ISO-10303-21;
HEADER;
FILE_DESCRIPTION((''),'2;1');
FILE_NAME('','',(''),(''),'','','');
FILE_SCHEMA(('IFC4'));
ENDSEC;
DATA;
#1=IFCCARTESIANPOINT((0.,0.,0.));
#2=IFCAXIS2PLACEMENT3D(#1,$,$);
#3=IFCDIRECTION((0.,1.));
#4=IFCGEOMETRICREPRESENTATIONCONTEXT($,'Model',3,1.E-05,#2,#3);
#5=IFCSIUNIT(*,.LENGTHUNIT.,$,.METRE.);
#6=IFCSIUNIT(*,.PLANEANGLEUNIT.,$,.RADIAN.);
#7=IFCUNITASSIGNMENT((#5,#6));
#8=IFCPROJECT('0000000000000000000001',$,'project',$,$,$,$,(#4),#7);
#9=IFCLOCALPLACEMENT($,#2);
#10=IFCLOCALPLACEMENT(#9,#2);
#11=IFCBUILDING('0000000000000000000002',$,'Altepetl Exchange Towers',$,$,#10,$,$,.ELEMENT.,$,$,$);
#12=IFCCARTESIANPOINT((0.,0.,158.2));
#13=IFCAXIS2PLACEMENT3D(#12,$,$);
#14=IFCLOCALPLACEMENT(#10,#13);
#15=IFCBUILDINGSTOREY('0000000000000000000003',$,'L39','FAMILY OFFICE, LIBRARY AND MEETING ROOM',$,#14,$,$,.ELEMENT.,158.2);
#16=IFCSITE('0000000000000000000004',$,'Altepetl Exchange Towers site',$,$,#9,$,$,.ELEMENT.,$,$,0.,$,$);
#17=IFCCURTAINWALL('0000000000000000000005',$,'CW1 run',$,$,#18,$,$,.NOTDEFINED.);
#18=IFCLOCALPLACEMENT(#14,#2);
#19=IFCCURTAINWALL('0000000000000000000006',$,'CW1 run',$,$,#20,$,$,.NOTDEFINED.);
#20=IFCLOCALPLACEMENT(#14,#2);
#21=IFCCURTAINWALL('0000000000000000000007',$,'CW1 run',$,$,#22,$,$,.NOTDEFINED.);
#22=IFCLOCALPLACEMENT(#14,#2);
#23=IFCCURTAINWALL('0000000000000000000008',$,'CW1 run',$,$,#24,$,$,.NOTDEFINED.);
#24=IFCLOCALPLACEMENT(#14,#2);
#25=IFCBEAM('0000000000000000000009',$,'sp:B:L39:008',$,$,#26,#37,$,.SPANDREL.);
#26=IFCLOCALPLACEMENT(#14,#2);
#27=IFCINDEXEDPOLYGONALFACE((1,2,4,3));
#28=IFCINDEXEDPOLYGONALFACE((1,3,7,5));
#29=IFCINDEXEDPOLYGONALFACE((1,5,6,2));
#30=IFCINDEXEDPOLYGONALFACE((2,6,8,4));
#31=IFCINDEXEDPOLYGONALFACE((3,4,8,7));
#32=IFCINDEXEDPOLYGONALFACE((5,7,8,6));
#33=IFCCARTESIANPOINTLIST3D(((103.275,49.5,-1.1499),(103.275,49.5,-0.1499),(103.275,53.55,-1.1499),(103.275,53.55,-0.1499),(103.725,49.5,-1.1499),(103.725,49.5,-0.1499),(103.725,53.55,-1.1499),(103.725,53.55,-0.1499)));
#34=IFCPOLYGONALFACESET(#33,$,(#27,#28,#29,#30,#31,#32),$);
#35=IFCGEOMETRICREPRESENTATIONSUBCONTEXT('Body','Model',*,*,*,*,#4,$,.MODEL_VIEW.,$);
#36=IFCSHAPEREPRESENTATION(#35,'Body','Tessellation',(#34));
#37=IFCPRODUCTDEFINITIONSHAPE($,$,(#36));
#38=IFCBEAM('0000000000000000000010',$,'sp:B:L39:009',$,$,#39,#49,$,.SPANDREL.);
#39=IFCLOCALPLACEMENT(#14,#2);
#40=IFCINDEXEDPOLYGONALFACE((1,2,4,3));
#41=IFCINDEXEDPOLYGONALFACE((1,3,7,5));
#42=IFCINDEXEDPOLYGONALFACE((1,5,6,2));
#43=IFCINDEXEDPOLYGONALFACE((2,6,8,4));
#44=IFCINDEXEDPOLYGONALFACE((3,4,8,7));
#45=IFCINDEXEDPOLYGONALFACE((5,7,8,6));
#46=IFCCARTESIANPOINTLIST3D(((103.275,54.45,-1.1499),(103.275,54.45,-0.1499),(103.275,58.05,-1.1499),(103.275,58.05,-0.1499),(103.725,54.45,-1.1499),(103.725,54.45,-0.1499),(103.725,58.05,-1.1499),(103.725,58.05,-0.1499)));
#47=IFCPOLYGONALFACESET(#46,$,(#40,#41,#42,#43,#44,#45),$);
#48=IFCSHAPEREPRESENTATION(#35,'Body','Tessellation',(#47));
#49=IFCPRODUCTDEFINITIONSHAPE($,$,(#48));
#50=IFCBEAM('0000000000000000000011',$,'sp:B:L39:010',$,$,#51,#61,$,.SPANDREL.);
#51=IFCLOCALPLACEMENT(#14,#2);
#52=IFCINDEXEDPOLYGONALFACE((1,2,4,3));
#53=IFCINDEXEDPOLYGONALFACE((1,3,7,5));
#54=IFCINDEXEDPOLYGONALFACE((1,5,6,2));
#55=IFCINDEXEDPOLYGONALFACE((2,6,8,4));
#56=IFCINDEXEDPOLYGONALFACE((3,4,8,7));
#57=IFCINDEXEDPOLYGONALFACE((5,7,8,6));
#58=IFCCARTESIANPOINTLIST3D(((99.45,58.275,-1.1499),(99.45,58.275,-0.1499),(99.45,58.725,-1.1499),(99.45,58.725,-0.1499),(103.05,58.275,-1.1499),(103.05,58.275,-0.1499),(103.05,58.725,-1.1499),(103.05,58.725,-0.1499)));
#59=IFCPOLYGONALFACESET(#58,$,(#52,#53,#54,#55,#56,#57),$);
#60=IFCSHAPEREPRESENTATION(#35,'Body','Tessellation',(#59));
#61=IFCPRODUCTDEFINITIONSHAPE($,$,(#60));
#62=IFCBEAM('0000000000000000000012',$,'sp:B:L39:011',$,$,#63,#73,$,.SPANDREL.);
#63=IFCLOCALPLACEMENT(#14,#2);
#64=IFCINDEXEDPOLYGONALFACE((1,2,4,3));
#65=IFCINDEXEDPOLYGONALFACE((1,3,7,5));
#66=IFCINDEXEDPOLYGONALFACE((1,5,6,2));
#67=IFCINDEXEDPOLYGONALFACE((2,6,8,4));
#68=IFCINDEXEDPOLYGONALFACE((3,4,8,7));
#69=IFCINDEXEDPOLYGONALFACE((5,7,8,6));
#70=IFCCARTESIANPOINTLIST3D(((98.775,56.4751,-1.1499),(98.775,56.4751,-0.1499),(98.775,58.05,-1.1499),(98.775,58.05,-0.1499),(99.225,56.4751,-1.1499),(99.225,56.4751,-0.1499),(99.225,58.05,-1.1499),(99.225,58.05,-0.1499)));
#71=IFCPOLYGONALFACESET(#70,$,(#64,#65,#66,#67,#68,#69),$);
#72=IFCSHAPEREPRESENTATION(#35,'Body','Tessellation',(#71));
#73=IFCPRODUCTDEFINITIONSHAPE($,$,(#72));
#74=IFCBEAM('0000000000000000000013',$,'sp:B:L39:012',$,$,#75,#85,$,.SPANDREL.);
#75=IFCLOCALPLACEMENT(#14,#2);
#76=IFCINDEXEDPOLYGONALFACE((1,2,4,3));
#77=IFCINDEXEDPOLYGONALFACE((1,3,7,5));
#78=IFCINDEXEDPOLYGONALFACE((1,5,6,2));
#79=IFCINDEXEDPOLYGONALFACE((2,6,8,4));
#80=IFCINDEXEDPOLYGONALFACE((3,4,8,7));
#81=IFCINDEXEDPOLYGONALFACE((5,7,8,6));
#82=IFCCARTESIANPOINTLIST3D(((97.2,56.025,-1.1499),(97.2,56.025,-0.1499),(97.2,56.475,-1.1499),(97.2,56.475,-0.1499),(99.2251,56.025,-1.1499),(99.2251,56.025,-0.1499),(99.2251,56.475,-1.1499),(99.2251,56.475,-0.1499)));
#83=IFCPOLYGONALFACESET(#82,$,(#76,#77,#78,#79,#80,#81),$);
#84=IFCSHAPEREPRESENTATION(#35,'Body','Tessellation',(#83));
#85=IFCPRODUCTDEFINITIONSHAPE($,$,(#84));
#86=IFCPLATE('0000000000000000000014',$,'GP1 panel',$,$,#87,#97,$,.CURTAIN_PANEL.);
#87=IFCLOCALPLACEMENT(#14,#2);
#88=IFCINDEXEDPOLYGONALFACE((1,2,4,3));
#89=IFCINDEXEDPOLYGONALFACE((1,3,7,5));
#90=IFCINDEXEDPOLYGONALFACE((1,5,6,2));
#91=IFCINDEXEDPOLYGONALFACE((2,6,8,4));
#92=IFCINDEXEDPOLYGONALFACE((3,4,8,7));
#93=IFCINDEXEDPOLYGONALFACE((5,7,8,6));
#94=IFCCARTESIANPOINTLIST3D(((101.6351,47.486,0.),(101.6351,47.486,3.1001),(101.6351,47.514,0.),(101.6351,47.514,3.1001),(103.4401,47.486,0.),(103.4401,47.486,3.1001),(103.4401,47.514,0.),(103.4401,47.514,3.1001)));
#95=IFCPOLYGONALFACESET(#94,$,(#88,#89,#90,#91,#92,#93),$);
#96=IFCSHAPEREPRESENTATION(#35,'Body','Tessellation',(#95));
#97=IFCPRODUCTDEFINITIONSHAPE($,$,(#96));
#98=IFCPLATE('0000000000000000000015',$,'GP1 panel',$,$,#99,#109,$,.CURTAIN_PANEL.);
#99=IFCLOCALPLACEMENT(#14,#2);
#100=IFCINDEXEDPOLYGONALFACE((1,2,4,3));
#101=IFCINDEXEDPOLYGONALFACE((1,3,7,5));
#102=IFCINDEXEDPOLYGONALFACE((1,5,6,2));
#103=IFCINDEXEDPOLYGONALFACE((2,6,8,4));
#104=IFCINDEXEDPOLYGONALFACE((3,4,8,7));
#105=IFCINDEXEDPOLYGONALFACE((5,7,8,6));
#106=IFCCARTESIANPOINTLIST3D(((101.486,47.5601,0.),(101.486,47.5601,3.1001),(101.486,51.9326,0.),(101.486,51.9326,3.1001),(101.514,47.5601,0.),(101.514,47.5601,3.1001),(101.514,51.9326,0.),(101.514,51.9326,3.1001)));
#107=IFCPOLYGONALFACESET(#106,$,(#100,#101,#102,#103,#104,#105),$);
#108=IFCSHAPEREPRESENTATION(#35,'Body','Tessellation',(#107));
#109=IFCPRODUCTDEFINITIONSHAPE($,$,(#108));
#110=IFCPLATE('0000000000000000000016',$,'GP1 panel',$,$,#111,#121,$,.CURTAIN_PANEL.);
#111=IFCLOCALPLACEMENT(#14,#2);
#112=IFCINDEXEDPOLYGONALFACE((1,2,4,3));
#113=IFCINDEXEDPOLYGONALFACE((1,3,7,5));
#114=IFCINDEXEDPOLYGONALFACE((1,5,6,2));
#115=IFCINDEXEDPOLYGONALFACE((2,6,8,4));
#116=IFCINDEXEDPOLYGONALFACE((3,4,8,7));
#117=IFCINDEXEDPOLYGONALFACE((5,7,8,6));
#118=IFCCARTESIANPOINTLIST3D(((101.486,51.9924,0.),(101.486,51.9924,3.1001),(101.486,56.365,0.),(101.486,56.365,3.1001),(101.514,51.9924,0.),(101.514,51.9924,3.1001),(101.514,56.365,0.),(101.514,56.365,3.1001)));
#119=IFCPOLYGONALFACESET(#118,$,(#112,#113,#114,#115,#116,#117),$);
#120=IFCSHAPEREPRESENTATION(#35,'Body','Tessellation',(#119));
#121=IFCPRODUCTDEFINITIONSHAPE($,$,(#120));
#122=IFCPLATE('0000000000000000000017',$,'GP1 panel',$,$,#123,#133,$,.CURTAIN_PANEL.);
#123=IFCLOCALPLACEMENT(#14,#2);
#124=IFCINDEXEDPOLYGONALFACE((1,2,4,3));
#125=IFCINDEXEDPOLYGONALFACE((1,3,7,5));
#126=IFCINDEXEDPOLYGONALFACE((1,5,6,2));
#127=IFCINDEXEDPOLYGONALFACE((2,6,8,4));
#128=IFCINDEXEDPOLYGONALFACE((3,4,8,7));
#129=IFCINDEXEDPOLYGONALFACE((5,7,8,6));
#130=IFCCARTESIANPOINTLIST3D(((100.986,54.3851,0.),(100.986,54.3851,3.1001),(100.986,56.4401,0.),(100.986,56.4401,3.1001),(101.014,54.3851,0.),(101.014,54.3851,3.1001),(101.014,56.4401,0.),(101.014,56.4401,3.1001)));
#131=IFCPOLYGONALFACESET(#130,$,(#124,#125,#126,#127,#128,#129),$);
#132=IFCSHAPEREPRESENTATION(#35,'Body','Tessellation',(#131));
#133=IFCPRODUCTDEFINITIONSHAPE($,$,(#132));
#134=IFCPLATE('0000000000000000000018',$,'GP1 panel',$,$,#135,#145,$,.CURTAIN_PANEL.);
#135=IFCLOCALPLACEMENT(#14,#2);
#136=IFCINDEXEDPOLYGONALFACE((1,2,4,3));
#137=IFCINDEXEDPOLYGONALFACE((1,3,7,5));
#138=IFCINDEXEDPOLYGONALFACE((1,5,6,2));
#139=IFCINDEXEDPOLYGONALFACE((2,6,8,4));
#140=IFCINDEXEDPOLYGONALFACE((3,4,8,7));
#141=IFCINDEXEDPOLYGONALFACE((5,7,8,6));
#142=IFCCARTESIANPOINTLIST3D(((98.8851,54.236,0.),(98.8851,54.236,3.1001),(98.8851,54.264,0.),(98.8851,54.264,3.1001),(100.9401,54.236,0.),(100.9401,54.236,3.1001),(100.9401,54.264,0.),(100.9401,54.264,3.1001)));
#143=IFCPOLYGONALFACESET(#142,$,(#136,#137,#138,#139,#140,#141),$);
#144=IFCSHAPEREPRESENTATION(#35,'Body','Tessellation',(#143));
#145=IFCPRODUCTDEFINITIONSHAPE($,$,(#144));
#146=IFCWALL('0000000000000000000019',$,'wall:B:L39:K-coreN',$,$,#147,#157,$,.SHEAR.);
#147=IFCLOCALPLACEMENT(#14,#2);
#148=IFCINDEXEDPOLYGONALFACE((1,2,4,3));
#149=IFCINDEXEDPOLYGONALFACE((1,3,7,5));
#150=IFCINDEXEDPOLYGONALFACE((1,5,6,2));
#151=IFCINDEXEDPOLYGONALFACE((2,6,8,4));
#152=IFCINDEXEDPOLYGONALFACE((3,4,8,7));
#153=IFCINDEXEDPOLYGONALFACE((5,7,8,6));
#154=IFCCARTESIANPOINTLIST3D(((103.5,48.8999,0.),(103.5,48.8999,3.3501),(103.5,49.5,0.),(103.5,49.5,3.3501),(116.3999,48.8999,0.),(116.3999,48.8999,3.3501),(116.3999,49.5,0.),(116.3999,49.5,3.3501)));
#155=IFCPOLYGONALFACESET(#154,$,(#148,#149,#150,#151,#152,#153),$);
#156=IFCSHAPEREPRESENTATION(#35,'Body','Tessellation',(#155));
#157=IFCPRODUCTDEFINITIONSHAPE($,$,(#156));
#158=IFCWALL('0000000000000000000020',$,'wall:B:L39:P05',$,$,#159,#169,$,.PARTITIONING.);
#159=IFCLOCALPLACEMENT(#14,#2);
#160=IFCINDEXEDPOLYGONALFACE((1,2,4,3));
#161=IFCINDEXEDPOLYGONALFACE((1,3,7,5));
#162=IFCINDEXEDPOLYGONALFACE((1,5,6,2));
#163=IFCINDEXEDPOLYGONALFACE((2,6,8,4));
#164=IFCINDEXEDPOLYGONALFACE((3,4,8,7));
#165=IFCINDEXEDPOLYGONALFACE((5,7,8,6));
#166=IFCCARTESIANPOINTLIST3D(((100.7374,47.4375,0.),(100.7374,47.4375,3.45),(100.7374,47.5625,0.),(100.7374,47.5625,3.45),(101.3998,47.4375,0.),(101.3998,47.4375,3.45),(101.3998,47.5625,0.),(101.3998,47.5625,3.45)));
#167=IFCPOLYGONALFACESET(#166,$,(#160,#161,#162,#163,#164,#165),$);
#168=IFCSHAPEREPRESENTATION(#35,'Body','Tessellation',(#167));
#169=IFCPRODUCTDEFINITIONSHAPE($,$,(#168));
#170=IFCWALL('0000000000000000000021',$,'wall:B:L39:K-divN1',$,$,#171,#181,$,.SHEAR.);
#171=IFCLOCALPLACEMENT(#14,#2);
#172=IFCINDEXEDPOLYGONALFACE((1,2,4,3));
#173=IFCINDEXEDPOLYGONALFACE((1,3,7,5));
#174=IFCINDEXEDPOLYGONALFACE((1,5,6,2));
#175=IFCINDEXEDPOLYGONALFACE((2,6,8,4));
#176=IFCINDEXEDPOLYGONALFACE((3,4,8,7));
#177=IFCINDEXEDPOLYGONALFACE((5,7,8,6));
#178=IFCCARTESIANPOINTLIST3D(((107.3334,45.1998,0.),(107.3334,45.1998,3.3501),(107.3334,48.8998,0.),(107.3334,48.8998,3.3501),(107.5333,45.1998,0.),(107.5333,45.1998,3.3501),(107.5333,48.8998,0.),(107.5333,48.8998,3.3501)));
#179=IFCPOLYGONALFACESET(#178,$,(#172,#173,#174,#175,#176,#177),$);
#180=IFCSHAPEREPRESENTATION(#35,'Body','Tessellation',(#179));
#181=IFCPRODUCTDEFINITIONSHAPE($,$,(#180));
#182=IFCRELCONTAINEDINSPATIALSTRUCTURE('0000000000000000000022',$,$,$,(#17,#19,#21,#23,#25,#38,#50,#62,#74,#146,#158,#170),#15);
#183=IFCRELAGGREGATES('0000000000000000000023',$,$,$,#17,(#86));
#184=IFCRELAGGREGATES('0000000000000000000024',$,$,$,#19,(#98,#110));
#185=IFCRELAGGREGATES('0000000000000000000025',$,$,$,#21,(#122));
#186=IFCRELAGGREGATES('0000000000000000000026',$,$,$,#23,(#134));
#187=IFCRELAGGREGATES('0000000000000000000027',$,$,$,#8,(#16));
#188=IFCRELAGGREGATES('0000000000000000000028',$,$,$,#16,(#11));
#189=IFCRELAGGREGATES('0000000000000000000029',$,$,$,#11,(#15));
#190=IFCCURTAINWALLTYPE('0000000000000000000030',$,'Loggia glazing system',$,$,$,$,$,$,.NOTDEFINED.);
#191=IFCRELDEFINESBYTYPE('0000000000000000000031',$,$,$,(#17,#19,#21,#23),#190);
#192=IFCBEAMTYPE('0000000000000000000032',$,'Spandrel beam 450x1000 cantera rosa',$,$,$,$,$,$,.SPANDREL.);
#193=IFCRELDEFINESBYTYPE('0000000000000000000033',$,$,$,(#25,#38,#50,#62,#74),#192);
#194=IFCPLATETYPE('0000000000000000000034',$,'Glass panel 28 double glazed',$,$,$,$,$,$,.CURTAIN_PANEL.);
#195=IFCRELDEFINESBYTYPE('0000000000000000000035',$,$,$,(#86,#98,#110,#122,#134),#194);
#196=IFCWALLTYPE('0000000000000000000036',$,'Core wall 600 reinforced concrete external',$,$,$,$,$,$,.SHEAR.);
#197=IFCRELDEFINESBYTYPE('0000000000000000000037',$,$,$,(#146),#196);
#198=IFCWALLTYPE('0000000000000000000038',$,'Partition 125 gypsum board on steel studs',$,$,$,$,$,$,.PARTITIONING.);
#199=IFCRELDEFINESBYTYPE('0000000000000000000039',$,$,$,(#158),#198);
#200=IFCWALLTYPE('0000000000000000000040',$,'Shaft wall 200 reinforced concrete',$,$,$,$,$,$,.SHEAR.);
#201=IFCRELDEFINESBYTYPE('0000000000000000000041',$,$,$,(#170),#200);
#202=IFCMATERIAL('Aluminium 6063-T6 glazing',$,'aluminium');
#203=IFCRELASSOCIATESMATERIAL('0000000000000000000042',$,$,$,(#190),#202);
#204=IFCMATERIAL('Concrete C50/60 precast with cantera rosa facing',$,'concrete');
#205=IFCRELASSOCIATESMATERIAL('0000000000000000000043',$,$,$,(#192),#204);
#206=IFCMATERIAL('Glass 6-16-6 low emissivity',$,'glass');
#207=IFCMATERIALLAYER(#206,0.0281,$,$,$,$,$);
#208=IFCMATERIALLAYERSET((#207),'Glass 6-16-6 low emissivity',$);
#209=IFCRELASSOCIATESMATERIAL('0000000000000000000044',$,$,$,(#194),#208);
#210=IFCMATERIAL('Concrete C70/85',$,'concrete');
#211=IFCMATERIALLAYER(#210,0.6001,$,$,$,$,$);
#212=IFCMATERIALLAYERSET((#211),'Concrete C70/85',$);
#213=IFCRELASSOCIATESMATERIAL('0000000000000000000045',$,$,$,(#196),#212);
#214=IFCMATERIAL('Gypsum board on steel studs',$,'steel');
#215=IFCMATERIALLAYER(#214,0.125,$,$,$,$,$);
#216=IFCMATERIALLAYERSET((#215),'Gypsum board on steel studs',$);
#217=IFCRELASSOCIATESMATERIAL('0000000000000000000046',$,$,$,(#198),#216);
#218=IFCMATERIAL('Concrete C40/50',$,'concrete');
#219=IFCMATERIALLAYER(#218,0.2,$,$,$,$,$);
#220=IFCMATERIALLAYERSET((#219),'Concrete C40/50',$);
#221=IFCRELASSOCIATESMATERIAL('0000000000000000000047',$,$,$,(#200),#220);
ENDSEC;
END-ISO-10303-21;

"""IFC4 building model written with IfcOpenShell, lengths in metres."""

from ifc_helpers import new_model, si_unit, direction, frame, frame_2d, origin, origin_2d, place, context, subcontext, project, spatial, rectangle, extrude, material, layer, layer_set, material_profile, profile_set, type_object, element, aggregate, save


model = new_model("IFC4")

# Units and contexts
model_context = context("Model", 3, precision=1e-05, world=origin(), true_north=direction((0.0, 1.0)))
body_context = subcontext(model_context, "Body", "Model", "MODEL_VIEW")
ifc_project = project(units=[si_unit("LENGTHUNIT", "METRE"), si_unit("PLANEANGLEUNIT", "RADIAN")], contexts=[model_context])

# Site, building, storey
site_placement = place(None, origin())
site = spatial("IfcSite", under=ifc_project, at=site_placement, Name="Altepetl Exchange Towers site", CompositionType="ELEMENT", RefElevation=0.0)
building_placement = place(site_placement, origin())
building = spatial("IfcBuilding", under=site, at=building_placement, Name="Altepetl Exchange Towers", CompositionType="ELEMENT")
storey_placement = place(building_placement, frame((0.0, 0.0, 158.2)))
storey = spatial("IfcBuildingStorey", under=building, at=storey_placement, Name="L39", Description="FAMILY OFFICE, LIBRARY AND MEETING ROOM", CompositionType="ELEMENT", Elevation=158.2)

# Curtain walls
ifc_material_1 = material(Name="Aluminium 6063-T6 glazing", Category="aluminium")
curtain_wall_type = type_object("IfcCurtainWallType", Name="Loggia glazing system", PredefinedType="NOTDEFINED", material=ifc_material_1)
curtain_wall_1_placement = place(storey_placement, origin())
curtain_wall_1 = element("IfcCurtainWall", 1, at=curtain_wall_1_placement, inside=storey, type_object=curtain_wall_type, Name="CW1 run", PredefinedType="NOTDEFINED")
curtain_wall_2_placement = place(storey_placement, origin())
curtain_wall_2 = element("IfcCurtainWall", 2, at=curtain_wall_2_placement, inside=storey, type_object=curtain_wall_type, Name="CW1 run", PredefinedType="NOTDEFINED")
curtain_wall_3_placement = place(storey_placement, origin())
curtain_wall_3 = element("IfcCurtainWall", 3, at=curtain_wall_3_placement, inside=storey, type_object=curtain_wall_type, Name="CW1 run", PredefinedType="NOTDEFINED")
curtain_wall_4_placement = place(storey_placement, origin())
curtain_wall_4 = element("IfcCurtainWall", 4, at=curtain_wall_4_placement, inside=storey, type_object=curtain_wall_type, Name="CW1 run", PredefinedType="NOTDEFINED")

# Beams
ifc_material_2 = material(Name="Concrete C50/60 precast with cantera rosa facing", Category="concrete")
ifc_material_profile_1 = material_profile(ifc_material_2, rectangle(XDim=0.45, YDim=1.0, at=origin_2d()), Name="450 x 1000")
ifc_profile_set_1 = profile_set([ifc_material_profile_1], Name="Concrete C50/60 precast with cantera rosa facing")
beam_type = type_object("IfcBeamType", Name="Spandrel beam 450x1000 cantera rosa", PredefinedType="SPANDREL", material=ifc_profile_set_1)
beam_1_placement = place(storey_placement, frame((103.5, 49.5, -0.6499), z_axis=(0.0, 1.0, 0.0), x_axis=(-1.0, 0.0, 0.0)))
element("IfcBeam", 5, at=beam_1_placement, inside=storey, type_object=beam_type, Name="sp:B:L39:008", PredefinedType="SPANDREL", context=body_context, shape_type="SweptSolid", body=[
    extrude(rectangle(XDim=0.45, YDim=1.0, at=origin_2d()), origin(), (0.0, 0.0, 1.0), 4.05),
])
for number, where, z_axis, x_axis, name in (
    (6, (103.5, 54.45, -0.6499), (0.0, 1.0, 0.0), (-1.0, 0.0, 0.0), "sp:B:L39:009"),
    (7, (103.05, 58.5, -0.6499), (-1.0, 0.0, 0.0), (0.0, -1.0, 0.0), "sp:B:L39:010"),
):
    element("IfcBeam", number, at=place(storey_placement, frame(where, z_axis=z_axis, x_axis=x_axis)), inside=storey, type_object=beam_type, Name=name, PredefinedType="SPANDREL", context=body_context, shape_type="SweptSolid", body=[
        extrude(rectangle(XDim=0.45, YDim=1.0, at=origin_2d()), origin(), (0.0, 0.0, 1.0), 3.6001),
    ])
beam_2_placement = place(storey_placement, frame((99.0, 58.05, -0.6499), z_axis=(0.0, -1.0, 0.0), x_axis=(1.0, 0.0, 0.0)))
element("IfcBeam", 8, at=beam_2_placement, inside=storey, type_object=beam_type, Name="sp:B:L39:011", PredefinedType="SPANDREL", context=body_context, shape_type="SweptSolid", body=[
    extrude(rectangle(XDim=0.45, YDim=1.0, at=origin_2d()), origin(), (0.0, 0.0, 1.0), 1.575),
])
beam_3_placement = place(storey_placement, frame((99.2251, 56.25, -0.6499), z_axis=(-1.0, 0.0, 0.0), x_axis=(0.0, -1.0, 0.0)))
element("IfcBeam", 9, at=beam_3_placement, inside=storey, type_object=beam_type, Name="sp:B:L39:012", PredefinedType="SPANDREL", context=body_context, shape_type="SweptSolid", body=[
    extrude(rectangle(XDim=0.45, YDim=1.0, at=origin_2d()), origin(), (0.0, 0.0, 1.0), 2.0251),
])

# Plates
ifc_material_3 = material(Name="Glass 6-16-6 low emissivity", Category="glass")
ifc_layer_1 = layer(ifc_material_3, 0.0281)
ifc_layer_set_1 = layer_set([ifc_layer_1], Name="Glass 6-16-6 low emissivity")
plate_type = type_object("IfcPlateType", Name="Glass panel 28 double glazed", PredefinedType="CURTAIN_PANEL", material=ifc_layer_set_1)
plate_1_placement = place(storey_placement, frame((102.5376, 47.5, 0.0), z_axis=(0.0, 0.0, 1.0), x_axis=(-1.0, 0.0, 0.0)))
plate_1 = element("IfcPlate", 10, at=plate_1_placement, type_object=plate_type, Name="GP1 panel", PredefinedType="CURTAIN_PANEL", context=body_context, shape_type="SweptSolid", body=[
    extrude(rectangle(XDim=1.8049, YDim=0.0281, at=origin_2d()), origin(), (0.0, 0.0, 1.0), 3.1001),
])
aggregate(curtain_wall_1, [plate_1])
plate_2_placement = place(storey_placement, frame((101.5, 49.7463, 0.0), z_axis=(0.0, 0.0, 1.0), x_axis=(0.0, 1.0, 0.0)))
plate_2 = element("IfcPlate", 11, at=plate_2_placement, type_object=plate_type, Name="GP1 panel", PredefinedType="CURTAIN_PANEL", context=body_context, shape_type="SweptSolid", body=[
    extrude(rectangle(XDim=4.3726, YDim=0.0281, at=origin_2d()), origin(), (0.0, 0.0, 1.0), 3.1001),
])
plate_3_placement = place(storey_placement, frame((101.5, 54.1787, 0.0), z_axis=(0.0, 0.0, 1.0), x_axis=(0.0, 1.0, 0.0)))
plate_3 = element("IfcPlate", 12, at=plate_3_placement, type_object=plate_type, Name="GP1 panel", PredefinedType="CURTAIN_PANEL", context=body_context, shape_type="SweptSolid", body=[
    extrude(rectangle(XDim=4.3726, YDim=0.0281, at=origin_2d()), origin(), (0.0, 0.0, 1.0), 3.1001),
])
aggregate(curtain_wall_2, [plate_2, plate_3])
plate_4_placement = place(storey_placement, frame((101.0, 55.4126, 0.0), z_axis=(0.0, 0.0, 1.0), x_axis=(0.0, -1.0, 0.0)))
plate_4 = element("IfcPlate", 13, at=plate_4_placement, type_object=plate_type, Name="GP1 panel", PredefinedType="CURTAIN_PANEL", context=body_context, shape_type="SweptSolid", body=[
    extrude(rectangle(XDim=2.0549, YDim=0.0281, at=origin_2d()), origin(), (0.0, 0.0, 1.0), 3.1001),
])
aggregate(curtain_wall_3, [plate_4])
plate_5_placement = place(storey_placement, frame((99.9126, 54.25, 0.0), z_axis=(0.0, 0.0, 1.0), x_axis=(-1.0, 0.0, 0.0)))
plate_5 = element("IfcPlate", 14, at=plate_5_placement, type_object=plate_type, Name="GP1 panel", PredefinedType="CURTAIN_PANEL", context=body_context, shape_type="SweptSolid", body=[
    extrude(rectangle(XDim=2.0549, YDim=0.0281, at=origin_2d()), origin(), (0.0, 0.0, 1.0), 3.1001),
])
aggregate(curtain_wall_4, [plate_5])

# Walls
ifc_material_4 = material(Name="Concrete C70/85", Category="concrete")
ifc_layer_2 = layer(ifc_material_4, 0.6001)
ifc_layer_set_2 = layer_set([ifc_layer_2], Name="Concrete C70/85")
wall_type_1 = type_object("IfcWallType", Name="Core wall 600 reinforced concrete external", PredefinedType="SHEAR", material=ifc_layer_set_2)
wall_1_placement = place(storey_placement, frame((103.5, 49.2, 0.0)))
element("IfcWall", 15, at=wall_1_placement, inside=storey, type_object=wall_type_1, Name="wall:B:L39:K-coreN", PredefinedType="SHEAR", context=body_context, shape_type="SweptSolid", body=[
    extrude(rectangle(XDim=12.8999, YDim=0.6001, at=frame_2d((6.45, 0.0))), origin(), (0.0, 0.0, 1.0), 3.3501),
])
ifc_material_5 = material(Name="Gypsum board on steel studs", Category="steel")
ifc_layer_3 = layer(ifc_material_5, 0.125)
ifc_layer_set_3 = layer_set([ifc_layer_3], Name="Gypsum board on steel studs")
wall_type_2 = type_object("IfcWallType", Name="Partition 125 gypsum board on steel studs", PredefinedType="PARTITIONING", material=ifc_layer_set_3)
wall_2_placement = place(storey_placement, frame((100.7375, 47.5, 0.0)))
element("IfcWall", 16, at=wall_2_placement, inside=storey, type_object=wall_type_2, Name="wall:B:L39:P05", PredefinedType="PARTITIONING", context=body_context, shape_type="SweptSolid", body=[
    extrude(rectangle(XDim=0.6624, YDim=0.125, at=frame_2d((0.3311, 0.0))), origin(), (0.0, 0.0, 1.0), 3.45),
])
ifc_material_6 = material(Name="Concrete C40/50", Category="concrete")
ifc_layer_4 = layer(ifc_material_6, 0.2)
ifc_layer_set_4 = layer_set([ifc_layer_4], Name="Concrete C40/50")
wall_type_3 = type_object("IfcWallType", Name="Shaft wall 200 reinforced concrete", PredefinedType="SHEAR", material=ifc_layer_set_4)
wall_3_placement = place(storey_placement, frame((107.4333, 48.8999, 0.0), z_axis=(0.0, 0.0, 1.0), x_axis=(0.0, -1.0, 0.0)))
element("IfcWall", 17, at=wall_3_placement, inside=storey, type_object=wall_type_3, Name="wall:B:L39:K-divN1", PredefinedType="SHEAR", context=body_context, shape_type="SweptSolid", body=[
    extrude(rectangle(XDim=3.7, YDim=0.2, at=frame_2d((1.8501, 0.0))), origin(), (0.0, 0.0, 1.0), 3.3501),
])

save(model, "model.ifc")
